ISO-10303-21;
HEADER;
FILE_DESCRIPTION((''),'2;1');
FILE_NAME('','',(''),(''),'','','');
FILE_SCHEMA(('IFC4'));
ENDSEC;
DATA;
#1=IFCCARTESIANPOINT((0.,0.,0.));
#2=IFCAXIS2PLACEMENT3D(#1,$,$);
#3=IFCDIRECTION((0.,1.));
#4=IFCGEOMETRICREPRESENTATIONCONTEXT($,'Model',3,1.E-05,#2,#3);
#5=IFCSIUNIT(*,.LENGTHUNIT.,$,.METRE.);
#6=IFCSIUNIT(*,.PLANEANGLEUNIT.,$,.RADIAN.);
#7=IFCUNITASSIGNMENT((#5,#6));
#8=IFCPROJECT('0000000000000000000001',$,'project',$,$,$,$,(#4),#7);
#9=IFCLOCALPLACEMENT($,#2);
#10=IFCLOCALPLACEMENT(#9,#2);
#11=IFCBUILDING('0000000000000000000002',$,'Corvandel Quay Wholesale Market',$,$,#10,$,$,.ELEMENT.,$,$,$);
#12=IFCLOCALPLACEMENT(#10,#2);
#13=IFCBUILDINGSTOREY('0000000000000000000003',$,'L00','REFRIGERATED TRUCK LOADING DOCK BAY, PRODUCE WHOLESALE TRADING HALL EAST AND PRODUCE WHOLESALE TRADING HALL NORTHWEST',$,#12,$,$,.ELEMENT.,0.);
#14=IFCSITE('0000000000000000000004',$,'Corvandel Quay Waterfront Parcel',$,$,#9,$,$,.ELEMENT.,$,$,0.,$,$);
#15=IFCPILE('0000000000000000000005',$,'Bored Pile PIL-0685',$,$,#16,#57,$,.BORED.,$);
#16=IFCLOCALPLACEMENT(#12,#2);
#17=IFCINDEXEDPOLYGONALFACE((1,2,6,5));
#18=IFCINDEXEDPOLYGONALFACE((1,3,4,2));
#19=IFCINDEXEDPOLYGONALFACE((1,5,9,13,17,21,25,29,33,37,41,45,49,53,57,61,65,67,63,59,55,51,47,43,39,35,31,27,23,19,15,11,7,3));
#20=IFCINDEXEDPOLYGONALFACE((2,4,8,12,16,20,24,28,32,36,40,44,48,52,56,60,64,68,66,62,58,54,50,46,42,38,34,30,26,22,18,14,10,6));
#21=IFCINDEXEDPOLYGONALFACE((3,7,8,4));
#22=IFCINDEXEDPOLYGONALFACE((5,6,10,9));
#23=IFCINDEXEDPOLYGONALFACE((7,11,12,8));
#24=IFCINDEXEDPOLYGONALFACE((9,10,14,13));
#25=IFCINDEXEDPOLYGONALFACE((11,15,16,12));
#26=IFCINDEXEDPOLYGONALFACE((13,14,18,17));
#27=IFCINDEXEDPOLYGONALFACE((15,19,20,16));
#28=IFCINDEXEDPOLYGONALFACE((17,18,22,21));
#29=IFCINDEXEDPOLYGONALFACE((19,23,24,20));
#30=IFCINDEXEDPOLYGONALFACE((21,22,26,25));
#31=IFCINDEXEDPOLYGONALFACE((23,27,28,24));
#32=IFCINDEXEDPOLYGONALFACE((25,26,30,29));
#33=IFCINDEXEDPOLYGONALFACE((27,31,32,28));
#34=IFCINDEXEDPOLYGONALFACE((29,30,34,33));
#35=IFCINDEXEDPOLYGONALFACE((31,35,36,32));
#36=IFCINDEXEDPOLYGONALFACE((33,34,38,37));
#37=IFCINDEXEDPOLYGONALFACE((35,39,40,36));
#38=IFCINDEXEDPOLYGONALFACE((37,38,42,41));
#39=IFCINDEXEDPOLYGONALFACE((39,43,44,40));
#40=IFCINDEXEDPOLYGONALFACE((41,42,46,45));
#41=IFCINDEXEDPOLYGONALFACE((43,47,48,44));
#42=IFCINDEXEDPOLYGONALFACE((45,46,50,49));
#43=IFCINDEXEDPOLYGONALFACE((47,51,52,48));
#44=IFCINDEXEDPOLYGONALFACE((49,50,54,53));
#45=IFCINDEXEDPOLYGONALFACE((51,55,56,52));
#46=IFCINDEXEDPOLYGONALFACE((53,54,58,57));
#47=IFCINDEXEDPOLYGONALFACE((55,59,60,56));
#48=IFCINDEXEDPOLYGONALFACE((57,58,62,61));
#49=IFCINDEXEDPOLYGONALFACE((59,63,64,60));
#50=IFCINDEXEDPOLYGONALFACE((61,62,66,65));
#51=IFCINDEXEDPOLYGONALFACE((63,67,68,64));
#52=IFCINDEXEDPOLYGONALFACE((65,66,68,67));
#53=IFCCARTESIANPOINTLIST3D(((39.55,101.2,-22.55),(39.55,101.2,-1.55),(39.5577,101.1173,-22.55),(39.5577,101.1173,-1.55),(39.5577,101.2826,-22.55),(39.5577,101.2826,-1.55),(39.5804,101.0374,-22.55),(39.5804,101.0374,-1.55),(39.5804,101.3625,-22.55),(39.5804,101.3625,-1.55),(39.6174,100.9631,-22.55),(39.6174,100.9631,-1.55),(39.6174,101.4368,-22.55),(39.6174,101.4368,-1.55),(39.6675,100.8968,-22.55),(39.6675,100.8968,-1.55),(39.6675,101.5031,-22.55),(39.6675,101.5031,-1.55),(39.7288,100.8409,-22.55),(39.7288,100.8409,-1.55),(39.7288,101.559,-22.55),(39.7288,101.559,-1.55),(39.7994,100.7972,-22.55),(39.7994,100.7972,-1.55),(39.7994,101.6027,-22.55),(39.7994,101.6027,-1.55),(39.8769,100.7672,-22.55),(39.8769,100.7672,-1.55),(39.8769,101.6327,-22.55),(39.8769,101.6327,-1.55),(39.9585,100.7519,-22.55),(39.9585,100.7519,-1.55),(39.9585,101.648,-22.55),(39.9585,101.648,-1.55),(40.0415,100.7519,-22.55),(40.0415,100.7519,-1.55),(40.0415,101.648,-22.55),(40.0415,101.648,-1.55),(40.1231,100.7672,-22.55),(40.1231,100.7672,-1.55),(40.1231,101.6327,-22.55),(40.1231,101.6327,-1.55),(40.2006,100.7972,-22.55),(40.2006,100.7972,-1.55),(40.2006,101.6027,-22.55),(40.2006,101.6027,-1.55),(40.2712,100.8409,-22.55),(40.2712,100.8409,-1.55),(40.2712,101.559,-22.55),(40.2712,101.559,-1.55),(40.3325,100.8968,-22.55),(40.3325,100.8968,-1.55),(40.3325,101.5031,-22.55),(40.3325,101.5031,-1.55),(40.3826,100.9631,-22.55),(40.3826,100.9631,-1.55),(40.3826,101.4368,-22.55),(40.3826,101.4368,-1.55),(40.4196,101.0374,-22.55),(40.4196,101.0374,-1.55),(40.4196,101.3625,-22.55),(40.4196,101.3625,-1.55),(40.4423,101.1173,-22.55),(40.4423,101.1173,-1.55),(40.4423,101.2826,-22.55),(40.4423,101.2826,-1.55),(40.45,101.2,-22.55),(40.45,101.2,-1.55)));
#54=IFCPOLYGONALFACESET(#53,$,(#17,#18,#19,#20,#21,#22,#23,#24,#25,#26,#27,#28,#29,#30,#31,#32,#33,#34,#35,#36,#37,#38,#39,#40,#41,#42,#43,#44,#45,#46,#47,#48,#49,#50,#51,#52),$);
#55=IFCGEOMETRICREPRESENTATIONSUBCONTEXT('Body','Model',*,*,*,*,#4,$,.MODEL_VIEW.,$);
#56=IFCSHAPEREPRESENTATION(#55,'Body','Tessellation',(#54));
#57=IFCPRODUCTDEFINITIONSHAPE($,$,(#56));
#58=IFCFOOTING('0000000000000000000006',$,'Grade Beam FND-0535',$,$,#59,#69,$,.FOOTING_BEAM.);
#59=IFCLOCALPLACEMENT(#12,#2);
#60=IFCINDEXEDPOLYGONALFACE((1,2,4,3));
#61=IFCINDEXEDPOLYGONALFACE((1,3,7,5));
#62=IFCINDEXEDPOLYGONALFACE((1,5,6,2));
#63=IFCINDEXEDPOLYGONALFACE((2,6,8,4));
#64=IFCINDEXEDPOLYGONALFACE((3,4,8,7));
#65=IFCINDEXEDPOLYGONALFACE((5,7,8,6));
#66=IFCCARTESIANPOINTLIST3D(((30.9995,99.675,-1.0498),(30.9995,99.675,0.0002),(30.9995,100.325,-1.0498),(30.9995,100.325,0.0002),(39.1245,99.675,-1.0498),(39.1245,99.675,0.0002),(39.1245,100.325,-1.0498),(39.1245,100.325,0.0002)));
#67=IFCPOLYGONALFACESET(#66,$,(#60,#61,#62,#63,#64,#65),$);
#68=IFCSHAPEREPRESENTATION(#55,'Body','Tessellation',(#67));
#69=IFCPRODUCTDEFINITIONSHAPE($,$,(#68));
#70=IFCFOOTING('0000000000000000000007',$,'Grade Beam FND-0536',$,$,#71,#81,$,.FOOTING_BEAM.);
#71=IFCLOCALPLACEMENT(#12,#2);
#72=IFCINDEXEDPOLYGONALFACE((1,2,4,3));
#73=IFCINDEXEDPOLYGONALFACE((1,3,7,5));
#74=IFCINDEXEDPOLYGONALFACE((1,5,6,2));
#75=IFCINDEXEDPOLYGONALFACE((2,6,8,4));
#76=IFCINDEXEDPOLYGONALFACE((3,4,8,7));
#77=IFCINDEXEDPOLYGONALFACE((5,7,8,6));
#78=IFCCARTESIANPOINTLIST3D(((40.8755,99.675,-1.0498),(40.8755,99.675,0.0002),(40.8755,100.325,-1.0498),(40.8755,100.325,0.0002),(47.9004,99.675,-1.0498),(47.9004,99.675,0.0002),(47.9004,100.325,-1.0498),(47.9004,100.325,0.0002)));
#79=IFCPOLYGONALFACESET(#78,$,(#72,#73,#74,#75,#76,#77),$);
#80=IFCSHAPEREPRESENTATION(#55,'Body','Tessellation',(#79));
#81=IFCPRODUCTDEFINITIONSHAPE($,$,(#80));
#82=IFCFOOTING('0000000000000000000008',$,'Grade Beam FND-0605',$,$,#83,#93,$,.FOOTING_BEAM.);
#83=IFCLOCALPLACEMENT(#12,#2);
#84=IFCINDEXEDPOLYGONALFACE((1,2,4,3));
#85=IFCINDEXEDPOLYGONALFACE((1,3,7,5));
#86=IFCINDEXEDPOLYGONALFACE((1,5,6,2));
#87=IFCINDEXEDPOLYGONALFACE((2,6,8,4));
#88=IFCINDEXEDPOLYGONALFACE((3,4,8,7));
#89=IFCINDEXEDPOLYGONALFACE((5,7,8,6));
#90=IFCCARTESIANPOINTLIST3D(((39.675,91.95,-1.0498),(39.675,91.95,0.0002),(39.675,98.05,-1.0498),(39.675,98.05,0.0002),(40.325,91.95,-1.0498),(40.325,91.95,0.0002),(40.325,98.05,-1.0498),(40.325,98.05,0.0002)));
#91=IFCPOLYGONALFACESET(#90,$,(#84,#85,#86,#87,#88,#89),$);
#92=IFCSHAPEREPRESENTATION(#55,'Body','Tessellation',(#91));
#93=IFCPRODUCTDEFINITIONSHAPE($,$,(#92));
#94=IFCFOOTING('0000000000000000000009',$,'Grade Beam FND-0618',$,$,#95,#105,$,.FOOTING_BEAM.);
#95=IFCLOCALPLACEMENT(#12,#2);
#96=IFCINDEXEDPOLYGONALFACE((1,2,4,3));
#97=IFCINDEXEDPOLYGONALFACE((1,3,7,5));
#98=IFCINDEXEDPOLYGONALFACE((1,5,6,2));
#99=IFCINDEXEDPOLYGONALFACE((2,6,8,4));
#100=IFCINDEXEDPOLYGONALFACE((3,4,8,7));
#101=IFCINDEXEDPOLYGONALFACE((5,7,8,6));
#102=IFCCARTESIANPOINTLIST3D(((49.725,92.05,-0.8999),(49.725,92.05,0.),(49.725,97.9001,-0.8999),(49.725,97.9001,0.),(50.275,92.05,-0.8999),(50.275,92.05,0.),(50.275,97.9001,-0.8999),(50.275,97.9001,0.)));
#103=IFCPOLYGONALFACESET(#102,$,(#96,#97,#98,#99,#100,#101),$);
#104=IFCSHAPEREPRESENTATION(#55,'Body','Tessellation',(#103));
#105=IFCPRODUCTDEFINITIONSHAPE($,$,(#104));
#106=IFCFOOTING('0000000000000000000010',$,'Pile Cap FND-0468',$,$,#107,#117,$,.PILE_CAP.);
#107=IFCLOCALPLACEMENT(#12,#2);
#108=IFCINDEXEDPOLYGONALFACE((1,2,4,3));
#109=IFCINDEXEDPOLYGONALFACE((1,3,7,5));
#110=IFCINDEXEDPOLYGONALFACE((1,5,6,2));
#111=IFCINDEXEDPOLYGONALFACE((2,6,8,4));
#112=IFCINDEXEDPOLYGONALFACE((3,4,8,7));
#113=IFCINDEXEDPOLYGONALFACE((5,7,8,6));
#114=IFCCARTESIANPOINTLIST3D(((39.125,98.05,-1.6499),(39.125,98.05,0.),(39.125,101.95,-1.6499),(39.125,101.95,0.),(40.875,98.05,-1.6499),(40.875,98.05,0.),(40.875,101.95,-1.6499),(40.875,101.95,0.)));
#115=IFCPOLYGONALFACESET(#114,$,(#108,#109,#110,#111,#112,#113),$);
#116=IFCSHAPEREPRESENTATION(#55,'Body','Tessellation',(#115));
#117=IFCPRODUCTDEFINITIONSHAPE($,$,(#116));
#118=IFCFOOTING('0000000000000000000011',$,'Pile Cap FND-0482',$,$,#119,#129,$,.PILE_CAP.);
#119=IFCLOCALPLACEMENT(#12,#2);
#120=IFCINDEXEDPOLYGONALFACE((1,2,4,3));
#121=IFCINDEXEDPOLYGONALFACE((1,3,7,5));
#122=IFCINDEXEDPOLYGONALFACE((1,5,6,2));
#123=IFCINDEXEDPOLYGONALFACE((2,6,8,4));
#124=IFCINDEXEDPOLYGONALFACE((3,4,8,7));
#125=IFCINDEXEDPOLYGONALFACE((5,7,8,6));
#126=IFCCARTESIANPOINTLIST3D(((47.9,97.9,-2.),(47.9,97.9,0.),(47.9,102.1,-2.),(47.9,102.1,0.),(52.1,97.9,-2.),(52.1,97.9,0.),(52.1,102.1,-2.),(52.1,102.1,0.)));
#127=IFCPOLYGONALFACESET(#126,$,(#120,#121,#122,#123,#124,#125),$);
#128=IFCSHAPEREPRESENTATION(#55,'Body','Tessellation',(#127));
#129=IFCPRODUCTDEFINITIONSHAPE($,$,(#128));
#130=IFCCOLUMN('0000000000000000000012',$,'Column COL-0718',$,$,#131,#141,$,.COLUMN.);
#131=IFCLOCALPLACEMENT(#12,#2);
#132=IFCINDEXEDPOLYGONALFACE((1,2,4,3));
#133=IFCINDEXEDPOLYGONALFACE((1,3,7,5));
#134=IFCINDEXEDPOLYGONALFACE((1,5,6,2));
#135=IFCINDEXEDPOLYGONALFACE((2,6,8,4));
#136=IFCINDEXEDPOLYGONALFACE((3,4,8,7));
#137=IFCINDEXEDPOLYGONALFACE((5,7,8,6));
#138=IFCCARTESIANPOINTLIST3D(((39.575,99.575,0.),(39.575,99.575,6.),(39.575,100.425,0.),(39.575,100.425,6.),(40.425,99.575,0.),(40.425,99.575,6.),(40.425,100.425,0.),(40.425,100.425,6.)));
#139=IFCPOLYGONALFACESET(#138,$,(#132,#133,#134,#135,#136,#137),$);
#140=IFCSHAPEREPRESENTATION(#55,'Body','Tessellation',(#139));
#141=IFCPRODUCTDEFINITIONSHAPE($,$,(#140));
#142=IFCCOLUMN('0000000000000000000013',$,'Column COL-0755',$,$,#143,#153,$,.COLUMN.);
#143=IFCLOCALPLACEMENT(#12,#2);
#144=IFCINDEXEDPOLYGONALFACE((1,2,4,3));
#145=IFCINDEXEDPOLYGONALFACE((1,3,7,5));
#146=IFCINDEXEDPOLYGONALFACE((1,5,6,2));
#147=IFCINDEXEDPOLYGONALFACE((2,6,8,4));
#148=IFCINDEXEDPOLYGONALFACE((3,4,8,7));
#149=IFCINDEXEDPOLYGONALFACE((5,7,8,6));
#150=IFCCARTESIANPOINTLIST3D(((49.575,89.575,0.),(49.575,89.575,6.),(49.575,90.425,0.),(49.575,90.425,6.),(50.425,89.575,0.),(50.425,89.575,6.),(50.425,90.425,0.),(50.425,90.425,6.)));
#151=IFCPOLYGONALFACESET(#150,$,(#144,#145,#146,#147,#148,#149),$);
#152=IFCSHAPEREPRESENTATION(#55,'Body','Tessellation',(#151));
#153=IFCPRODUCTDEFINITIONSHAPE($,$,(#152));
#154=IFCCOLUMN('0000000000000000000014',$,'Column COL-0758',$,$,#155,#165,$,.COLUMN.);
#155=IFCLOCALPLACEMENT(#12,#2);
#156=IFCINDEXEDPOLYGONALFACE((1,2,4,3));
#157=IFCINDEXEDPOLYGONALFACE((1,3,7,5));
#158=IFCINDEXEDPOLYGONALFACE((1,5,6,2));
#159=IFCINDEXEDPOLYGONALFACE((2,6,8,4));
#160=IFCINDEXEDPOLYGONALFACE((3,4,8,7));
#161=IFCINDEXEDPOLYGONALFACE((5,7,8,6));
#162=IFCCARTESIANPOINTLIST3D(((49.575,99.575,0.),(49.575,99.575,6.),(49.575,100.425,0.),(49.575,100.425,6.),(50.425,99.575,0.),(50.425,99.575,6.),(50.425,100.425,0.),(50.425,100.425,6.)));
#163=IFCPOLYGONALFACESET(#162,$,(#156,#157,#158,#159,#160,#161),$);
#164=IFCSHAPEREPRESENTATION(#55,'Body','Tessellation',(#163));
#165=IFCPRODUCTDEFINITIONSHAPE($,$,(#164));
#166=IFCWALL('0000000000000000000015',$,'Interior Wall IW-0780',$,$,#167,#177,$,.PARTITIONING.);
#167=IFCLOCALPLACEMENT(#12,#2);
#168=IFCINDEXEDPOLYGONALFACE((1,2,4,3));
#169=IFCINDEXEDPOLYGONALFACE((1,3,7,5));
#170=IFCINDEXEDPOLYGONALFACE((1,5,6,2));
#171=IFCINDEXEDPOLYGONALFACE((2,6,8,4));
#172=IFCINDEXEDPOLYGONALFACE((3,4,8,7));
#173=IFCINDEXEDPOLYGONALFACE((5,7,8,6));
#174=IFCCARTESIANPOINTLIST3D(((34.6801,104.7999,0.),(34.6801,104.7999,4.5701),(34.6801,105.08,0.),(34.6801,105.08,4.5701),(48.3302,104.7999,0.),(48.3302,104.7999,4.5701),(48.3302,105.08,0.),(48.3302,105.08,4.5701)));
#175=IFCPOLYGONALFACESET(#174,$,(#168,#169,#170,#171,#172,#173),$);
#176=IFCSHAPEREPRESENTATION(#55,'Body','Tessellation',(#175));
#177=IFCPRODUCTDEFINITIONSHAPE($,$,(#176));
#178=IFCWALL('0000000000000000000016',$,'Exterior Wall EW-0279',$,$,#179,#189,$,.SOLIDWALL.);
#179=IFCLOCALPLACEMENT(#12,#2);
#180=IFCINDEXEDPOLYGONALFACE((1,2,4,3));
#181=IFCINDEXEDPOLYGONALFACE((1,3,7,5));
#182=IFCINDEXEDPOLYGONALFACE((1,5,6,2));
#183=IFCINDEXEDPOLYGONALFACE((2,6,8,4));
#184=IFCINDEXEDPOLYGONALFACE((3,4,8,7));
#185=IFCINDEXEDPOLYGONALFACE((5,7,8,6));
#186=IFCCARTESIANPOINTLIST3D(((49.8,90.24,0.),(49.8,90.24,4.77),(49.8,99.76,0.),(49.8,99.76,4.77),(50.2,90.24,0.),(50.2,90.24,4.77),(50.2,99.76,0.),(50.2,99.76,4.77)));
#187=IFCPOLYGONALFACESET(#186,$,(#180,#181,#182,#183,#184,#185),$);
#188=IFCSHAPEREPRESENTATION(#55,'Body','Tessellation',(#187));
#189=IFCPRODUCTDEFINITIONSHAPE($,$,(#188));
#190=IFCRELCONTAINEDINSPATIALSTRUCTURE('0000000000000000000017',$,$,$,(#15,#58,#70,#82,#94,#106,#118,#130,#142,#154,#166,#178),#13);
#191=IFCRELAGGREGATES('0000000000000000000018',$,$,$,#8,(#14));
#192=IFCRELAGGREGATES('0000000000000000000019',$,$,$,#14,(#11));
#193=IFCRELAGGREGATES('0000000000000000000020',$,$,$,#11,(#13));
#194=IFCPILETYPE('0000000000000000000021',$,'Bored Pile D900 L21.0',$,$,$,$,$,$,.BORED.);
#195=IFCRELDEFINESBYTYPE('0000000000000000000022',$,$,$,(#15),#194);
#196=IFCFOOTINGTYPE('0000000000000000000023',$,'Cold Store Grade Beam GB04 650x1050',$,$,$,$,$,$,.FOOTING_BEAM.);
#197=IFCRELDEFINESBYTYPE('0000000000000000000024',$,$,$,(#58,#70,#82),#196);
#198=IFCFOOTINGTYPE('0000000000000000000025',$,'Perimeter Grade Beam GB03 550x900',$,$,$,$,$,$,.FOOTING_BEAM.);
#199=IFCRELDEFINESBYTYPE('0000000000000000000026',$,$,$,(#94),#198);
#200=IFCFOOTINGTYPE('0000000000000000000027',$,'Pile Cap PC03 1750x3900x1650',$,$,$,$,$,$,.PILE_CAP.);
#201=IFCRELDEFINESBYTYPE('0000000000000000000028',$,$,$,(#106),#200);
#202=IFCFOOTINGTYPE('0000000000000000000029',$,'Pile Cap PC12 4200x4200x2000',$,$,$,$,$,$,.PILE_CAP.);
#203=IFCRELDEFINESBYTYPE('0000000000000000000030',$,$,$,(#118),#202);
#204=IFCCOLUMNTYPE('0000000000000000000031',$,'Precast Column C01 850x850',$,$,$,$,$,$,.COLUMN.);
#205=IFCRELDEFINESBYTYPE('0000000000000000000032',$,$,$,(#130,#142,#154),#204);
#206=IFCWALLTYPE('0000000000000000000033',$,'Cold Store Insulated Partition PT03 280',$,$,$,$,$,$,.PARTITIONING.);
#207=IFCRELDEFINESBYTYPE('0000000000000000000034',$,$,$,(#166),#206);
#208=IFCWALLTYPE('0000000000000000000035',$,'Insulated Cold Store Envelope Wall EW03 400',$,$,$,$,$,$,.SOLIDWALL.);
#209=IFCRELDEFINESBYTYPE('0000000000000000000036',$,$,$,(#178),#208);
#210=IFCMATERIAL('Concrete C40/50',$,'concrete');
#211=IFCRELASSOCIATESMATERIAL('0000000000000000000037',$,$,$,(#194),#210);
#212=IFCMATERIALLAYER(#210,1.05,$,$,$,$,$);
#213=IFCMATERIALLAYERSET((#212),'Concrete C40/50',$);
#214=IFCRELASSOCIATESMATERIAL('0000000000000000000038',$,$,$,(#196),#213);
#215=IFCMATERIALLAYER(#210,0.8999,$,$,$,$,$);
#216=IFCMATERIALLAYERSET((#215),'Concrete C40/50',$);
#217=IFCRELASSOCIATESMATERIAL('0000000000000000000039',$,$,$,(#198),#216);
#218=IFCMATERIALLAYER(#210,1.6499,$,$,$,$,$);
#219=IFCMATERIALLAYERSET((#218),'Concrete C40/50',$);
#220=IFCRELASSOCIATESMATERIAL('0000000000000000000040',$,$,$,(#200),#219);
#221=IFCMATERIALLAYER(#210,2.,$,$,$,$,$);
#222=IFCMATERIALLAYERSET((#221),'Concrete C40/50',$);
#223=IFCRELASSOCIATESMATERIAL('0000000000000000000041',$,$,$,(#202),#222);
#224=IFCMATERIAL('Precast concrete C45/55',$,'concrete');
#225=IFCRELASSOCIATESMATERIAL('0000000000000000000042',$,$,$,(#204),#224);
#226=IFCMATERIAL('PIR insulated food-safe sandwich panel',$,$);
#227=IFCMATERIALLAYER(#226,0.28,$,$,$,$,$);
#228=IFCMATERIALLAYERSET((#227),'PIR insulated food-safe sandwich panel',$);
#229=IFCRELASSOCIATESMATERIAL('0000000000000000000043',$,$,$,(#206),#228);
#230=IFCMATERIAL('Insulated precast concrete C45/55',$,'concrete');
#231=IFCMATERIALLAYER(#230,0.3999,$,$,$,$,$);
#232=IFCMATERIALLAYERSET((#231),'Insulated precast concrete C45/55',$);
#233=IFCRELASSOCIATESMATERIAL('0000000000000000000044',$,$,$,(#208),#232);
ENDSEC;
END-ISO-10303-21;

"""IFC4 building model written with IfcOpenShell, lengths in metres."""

from ifc_helpers import new_model, si_unit, direction, frame, frame_2d, origin, origin_2d, place, context, subcontext, project, spatial, rectangle, circle, extrude, material, layer, layer_set, material_profile, profile_set, type_object, element, save


model = new_model("IFC4")

# Units and contexts
model_context = context("Model", 3, precision=1e-05, world=origin(), true_north=direction((0.0, 1.0)))
body_context = subcontext(model_context, "Body", "Model", "MODEL_VIEW")
ifc_project = project(units=[si_unit("LENGTHUNIT", "METRE"), si_unit("PLANEANGLEUNIT", "RADIAN")], contexts=[model_context])

# Site, building, storey
site_placement = place(None, origin())
site = spatial("IfcSite", under=ifc_project, at=site_placement, Name="Corvandel Quay Waterfront Parcel", CompositionType="ELEMENT", RefElevation=0.0)
building_placement = place(site_placement, origin())
building = spatial("IfcBuilding", under=site, at=building_placement, Name="Corvandel Quay Wholesale Market", CompositionType="ELEMENT")
storey_placement = place(building_placement, origin())
storey = spatial("IfcBuildingStorey", under=building, at=storey_placement, Name="L00", Description="REFRIGERATED TRUCK LOADING DOCK BAY, PRODUCE WHOLESALE TRADING HALL EAST AND PRODUCE WHOLESALE TRADING HALL NORTHWEST", CompositionType="ELEMENT", Elevation=0.0)

# Pile
ifc_material_1 = material(Name="Concrete C40/50", Category="concrete")
ifc_material_profile_1 = material_profile(ifc_material_1, circle(Radius=0.45, at=origin_2d()), Name="RC-PILE-D900")
ifc_profile_set_1 = profile_set([ifc_material_profile_1], Name="Concrete C40/50")
pile_type_1 = type_object("IfcPileType", Name="Bored Pile D900 L21.0", PredefinedType="BORED", material=ifc_profile_set_1)
for number, where, z_axis, x_axis, name in (
    (1, (40.0, 101.2, -1.55), (0.0, 0.0, -1.0), (1.0, 0.0, 0.0), "Bored Pile PIL-0685"),
):
    element("IfcPile", number, at=place(storey_placement, frame(where, z_axis=z_axis, x_axis=x_axis)), inside=storey, type_object=pile_type_1, Name=name, PredefinedType="BORED", context=body_context, shape_type="SweptSolid", body=[
        extrude(circle(Radius=0.45, at=origin_2d()), origin(), (0.0, 0.0, 1.0), 21.0),
    ])

# Footings
ifc_layer_1 = layer(ifc_material_1, 1.05)
ifc_layer_set_1 = layer_set([ifc_layer_1], Name="Concrete C40/50")
footing_type_1 = type_object("IfcFootingType", Name="Cold Store Grade Beam GB04 650x1050", PredefinedType="FOOTING_BEAM", material=ifc_layer_set_1)
footing_1_placement = place(storey_placement, frame((35.062, 100.0, -1.0498), z_axis=(0.0, 0.0, 1.0), x_axis=(1.0, 0.0, 0.0)))
element("IfcFooting", 2, at=footing_1_placement, inside=storey, type_object=footing_type_1, Name="Grade Beam FND-0535", PredefinedType="FOOTING_BEAM", context=body_context, shape_type="SweptSolid", body=[
    extrude(rectangle(XDim=8.125, YDim=0.6499, at=origin_2d()), origin(), (0.0, 0.0, 1.0), 1.05),
])
footing_2_placement = place(storey_placement, frame((44.3879, 100.0, -1.0498), z_axis=(0.0, 0.0, 1.0), x_axis=(1.0, 0.0, 0.0)))
element("IfcFooting", 3, at=footing_2_placement, inside=storey, type_object=footing_type_1, Name="Grade Beam FND-0536", PredefinedType="FOOTING_BEAM", context=body_context, shape_type="SweptSolid", body=[
    extrude(rectangle(XDim=7.0249, YDim=0.6499, at=origin_2d()), origin(), (0.0, 0.0, 1.0), 1.05),
])
footing_3_placement = place(storey_placement, frame((40.0, 95.0, -1.0498), z_axis=(0.0, 0.0, 1.0), x_axis=(0.0, 1.0, 0.0)))
element("IfcFooting", 4, at=footing_3_placement, inside=storey, type_object=footing_type_1, Name="Grade Beam FND-0605", PredefinedType="FOOTING_BEAM", context=body_context, shape_type="SweptSolid", body=[
    extrude(rectangle(XDim=6.1001, YDim=0.6499, at=origin_2d()), origin(), (0.0, 0.0, 1.0), 1.05),
])
ifc_layer_2 = layer(ifc_material_1, 0.8999)
ifc_layer_set_2 = layer_set([ifc_layer_2], Name="Concrete C40/50")
footing_type_2 = type_object("IfcFootingType", Name="Perimeter Grade Beam GB03 550x900", PredefinedType="FOOTING_BEAM", material=ifc_layer_set_2)
footing_4_placement = place(storey_placement, frame((50.0, 94.9751, -0.8999), z_axis=(0.0, 0.0, 1.0), x_axis=(0.0, 1.0, 0.0)))
element("IfcFooting", 5, at=footing_4_placement, inside=storey, type_object=footing_type_2, Name="Grade Beam FND-0618", PredefinedType="FOOTING_BEAM", context=body_context, shape_type="SweptSolid", body=[
    extrude(rectangle(XDim=5.8501, YDim=0.55, at=origin_2d()), origin(), (0.0, 0.0, 1.0), 0.8999),
])
ifc_layer_3 = layer(ifc_material_1, 1.6499)
ifc_layer_set_3 = layer_set([ifc_layer_3], Name="Concrete C40/50")
footing_type_3 = type_object("IfcFootingType", Name="Pile Cap PC03 1750x3900x1650", PredefinedType="PILE_CAP", material=ifc_layer_set_3)
footing_5_placement = place(storey_placement, frame((40.0, 100.0, -1.6499), z_axis=(0.0, 0.0, 1.0), x_axis=(1.0, 0.0, 0.0)))
element("IfcFooting", 6, at=footing_5_placement, inside=storey, type_object=footing_type_3, Name="Pile Cap FND-0468", PredefinedType="PILE_CAP", context=body_context, shape_type="SweptSolid", body=[
    extrude(rectangle(XDim=1.75, YDim=3.8999, at=origin_2d()), origin(), (0.0, 0.0, 1.0), 1.6499),
])
ifc_layer_4 = layer(ifc_material_1, 2.0)
ifc_layer_set_4 = layer_set([ifc_layer_4], Name="Concrete C40/50")
footing_type_4 = type_object("IfcFootingType", Name="Pile Cap PC12 4200x4200x2000", PredefinedType="PILE_CAP", material=ifc_layer_set_4)
footing_6_placement = place(storey_placement, frame((50.0, 100.0, -2.0), z_axis=(0.0, 0.0, 1.0), x_axis=(1.0, 0.0, 0.0)))
element("IfcFooting", 7, at=footing_6_placement, inside=storey, type_object=footing_type_4, Name="Pile Cap FND-0482", PredefinedType="PILE_CAP", context=body_context, shape_type="SweptSolid", body=[
    extrude(rectangle(XDim=4.2, YDim=4.2, at=origin_2d()), origin(), (0.0, 0.0, 1.0), 2.0),
])

# Columns
ifc_material_2 = material(Name="Precast concrete C45/55", Category="concrete")
ifc_material_profile_2 = material_profile(ifc_material_2, rectangle(XDim=0.8501, YDim=0.8501, at=origin_2d()), Name="PC-COL-850x850")
ifc_profile_set_2 = profile_set([ifc_material_profile_2], Name="Precast concrete C45/55")
column_type = type_object("IfcColumnType", Name="Precast Column C01 850x850", PredefinedType="COLUMN", material=ifc_profile_set_2)
for number, where, z_axis, x_axis, name in (
    (8, (40.0, 100.0, 0.0), (0.0, 0.0, 1.0), (1.0, 0.0, 0.0), "Column COL-0718"),
    (9, (50.0, 90.0, 0.0), (0.0, 0.0, 1.0), (1.0, 0.0, 0.0), "Column COL-0755"),
    (10, (50.0, 100.0, 0.0), (0.0, 0.0, 1.0), (1.0, 0.0, 0.0), "Column COL-0758"),
):
    element("IfcColumn", number, at=place(storey_placement, frame(where, z_axis=z_axis, x_axis=x_axis)), inside=storey, type_object=column_type, Name=name, PredefinedType="COLUMN", context=body_context, shape_type="SweptSolid", body=[
        extrude(rectangle(XDim=0.8501, YDim=0.8501, at=origin_2d()), origin(), (0.0, 0.0, 1.0), 6.0),
    ])

# Walls
ifc_material_3 = material(Name="PIR insulated food-safe sandwich panel")
ifc_layer_5 = layer(ifc_material_3, 0.28)
ifc_layer_set_5 = layer_set([ifc_layer_5], Name="PIR insulated food-safe sandwich panel")
wall_type_1 = type_object("IfcWallType", Name="Cold Store Insulated Partition PT03 280", PredefinedType="PARTITIONING", material=ifc_layer_set_5)
wall_1_placement = place(storey_placement, frame((34.6799, 104.9399, 0.0), z_axis=(0.0, 0.0, 1.0), x_axis=(1.0, 0.0, 0.0)))
element("IfcWall", 11, at=wall_1_placement, inside=storey, type_object=wall_type_1, Name="Interior Wall IW-0780", PredefinedType="PARTITIONING", context=body_context, shape_type="SweptSolid", body=[
    extrude(rectangle(XDim=13.6501, YDim=0.28, at=frame_2d((6.8252, 0.0))), origin(), (0.0, 0.0, 1.0), 4.5701),
])
ifc_material_4 = material(Name="Insulated precast concrete C45/55", Category="concrete")
ifc_layer_6 = layer(ifc_material_4, 0.3999)
ifc_layer_set_6 = layer_set([ifc_layer_6], Name="Insulated precast concrete C45/55")
wall_type_2 = type_object("IfcWallType", Name="Insulated Cold Store Envelope Wall EW03 400", PredefinedType="SOLIDWALL", material=ifc_layer_set_6)
wall_2_placement = place(storey_placement, frame((50.0, 99.76, 0.0), z_axis=(0.0, 0.0, 1.0), x_axis=(0.0, -1.0, 0.0)))
element("IfcWall", 12, at=wall_2_placement, inside=storey, type_object=wall_type_2, Name="Exterior Wall EW-0279", PredefinedType="SOLIDWALL", context=body_context, shape_type="SweptSolid", body=[
    extrude(rectangle(XDim=9.52, YDim=0.3999, at=frame_2d((4.76, 0.0))), origin(), (0.0, 0.0, 1.0), 4.77),
])

save(model, "model.ifc")
